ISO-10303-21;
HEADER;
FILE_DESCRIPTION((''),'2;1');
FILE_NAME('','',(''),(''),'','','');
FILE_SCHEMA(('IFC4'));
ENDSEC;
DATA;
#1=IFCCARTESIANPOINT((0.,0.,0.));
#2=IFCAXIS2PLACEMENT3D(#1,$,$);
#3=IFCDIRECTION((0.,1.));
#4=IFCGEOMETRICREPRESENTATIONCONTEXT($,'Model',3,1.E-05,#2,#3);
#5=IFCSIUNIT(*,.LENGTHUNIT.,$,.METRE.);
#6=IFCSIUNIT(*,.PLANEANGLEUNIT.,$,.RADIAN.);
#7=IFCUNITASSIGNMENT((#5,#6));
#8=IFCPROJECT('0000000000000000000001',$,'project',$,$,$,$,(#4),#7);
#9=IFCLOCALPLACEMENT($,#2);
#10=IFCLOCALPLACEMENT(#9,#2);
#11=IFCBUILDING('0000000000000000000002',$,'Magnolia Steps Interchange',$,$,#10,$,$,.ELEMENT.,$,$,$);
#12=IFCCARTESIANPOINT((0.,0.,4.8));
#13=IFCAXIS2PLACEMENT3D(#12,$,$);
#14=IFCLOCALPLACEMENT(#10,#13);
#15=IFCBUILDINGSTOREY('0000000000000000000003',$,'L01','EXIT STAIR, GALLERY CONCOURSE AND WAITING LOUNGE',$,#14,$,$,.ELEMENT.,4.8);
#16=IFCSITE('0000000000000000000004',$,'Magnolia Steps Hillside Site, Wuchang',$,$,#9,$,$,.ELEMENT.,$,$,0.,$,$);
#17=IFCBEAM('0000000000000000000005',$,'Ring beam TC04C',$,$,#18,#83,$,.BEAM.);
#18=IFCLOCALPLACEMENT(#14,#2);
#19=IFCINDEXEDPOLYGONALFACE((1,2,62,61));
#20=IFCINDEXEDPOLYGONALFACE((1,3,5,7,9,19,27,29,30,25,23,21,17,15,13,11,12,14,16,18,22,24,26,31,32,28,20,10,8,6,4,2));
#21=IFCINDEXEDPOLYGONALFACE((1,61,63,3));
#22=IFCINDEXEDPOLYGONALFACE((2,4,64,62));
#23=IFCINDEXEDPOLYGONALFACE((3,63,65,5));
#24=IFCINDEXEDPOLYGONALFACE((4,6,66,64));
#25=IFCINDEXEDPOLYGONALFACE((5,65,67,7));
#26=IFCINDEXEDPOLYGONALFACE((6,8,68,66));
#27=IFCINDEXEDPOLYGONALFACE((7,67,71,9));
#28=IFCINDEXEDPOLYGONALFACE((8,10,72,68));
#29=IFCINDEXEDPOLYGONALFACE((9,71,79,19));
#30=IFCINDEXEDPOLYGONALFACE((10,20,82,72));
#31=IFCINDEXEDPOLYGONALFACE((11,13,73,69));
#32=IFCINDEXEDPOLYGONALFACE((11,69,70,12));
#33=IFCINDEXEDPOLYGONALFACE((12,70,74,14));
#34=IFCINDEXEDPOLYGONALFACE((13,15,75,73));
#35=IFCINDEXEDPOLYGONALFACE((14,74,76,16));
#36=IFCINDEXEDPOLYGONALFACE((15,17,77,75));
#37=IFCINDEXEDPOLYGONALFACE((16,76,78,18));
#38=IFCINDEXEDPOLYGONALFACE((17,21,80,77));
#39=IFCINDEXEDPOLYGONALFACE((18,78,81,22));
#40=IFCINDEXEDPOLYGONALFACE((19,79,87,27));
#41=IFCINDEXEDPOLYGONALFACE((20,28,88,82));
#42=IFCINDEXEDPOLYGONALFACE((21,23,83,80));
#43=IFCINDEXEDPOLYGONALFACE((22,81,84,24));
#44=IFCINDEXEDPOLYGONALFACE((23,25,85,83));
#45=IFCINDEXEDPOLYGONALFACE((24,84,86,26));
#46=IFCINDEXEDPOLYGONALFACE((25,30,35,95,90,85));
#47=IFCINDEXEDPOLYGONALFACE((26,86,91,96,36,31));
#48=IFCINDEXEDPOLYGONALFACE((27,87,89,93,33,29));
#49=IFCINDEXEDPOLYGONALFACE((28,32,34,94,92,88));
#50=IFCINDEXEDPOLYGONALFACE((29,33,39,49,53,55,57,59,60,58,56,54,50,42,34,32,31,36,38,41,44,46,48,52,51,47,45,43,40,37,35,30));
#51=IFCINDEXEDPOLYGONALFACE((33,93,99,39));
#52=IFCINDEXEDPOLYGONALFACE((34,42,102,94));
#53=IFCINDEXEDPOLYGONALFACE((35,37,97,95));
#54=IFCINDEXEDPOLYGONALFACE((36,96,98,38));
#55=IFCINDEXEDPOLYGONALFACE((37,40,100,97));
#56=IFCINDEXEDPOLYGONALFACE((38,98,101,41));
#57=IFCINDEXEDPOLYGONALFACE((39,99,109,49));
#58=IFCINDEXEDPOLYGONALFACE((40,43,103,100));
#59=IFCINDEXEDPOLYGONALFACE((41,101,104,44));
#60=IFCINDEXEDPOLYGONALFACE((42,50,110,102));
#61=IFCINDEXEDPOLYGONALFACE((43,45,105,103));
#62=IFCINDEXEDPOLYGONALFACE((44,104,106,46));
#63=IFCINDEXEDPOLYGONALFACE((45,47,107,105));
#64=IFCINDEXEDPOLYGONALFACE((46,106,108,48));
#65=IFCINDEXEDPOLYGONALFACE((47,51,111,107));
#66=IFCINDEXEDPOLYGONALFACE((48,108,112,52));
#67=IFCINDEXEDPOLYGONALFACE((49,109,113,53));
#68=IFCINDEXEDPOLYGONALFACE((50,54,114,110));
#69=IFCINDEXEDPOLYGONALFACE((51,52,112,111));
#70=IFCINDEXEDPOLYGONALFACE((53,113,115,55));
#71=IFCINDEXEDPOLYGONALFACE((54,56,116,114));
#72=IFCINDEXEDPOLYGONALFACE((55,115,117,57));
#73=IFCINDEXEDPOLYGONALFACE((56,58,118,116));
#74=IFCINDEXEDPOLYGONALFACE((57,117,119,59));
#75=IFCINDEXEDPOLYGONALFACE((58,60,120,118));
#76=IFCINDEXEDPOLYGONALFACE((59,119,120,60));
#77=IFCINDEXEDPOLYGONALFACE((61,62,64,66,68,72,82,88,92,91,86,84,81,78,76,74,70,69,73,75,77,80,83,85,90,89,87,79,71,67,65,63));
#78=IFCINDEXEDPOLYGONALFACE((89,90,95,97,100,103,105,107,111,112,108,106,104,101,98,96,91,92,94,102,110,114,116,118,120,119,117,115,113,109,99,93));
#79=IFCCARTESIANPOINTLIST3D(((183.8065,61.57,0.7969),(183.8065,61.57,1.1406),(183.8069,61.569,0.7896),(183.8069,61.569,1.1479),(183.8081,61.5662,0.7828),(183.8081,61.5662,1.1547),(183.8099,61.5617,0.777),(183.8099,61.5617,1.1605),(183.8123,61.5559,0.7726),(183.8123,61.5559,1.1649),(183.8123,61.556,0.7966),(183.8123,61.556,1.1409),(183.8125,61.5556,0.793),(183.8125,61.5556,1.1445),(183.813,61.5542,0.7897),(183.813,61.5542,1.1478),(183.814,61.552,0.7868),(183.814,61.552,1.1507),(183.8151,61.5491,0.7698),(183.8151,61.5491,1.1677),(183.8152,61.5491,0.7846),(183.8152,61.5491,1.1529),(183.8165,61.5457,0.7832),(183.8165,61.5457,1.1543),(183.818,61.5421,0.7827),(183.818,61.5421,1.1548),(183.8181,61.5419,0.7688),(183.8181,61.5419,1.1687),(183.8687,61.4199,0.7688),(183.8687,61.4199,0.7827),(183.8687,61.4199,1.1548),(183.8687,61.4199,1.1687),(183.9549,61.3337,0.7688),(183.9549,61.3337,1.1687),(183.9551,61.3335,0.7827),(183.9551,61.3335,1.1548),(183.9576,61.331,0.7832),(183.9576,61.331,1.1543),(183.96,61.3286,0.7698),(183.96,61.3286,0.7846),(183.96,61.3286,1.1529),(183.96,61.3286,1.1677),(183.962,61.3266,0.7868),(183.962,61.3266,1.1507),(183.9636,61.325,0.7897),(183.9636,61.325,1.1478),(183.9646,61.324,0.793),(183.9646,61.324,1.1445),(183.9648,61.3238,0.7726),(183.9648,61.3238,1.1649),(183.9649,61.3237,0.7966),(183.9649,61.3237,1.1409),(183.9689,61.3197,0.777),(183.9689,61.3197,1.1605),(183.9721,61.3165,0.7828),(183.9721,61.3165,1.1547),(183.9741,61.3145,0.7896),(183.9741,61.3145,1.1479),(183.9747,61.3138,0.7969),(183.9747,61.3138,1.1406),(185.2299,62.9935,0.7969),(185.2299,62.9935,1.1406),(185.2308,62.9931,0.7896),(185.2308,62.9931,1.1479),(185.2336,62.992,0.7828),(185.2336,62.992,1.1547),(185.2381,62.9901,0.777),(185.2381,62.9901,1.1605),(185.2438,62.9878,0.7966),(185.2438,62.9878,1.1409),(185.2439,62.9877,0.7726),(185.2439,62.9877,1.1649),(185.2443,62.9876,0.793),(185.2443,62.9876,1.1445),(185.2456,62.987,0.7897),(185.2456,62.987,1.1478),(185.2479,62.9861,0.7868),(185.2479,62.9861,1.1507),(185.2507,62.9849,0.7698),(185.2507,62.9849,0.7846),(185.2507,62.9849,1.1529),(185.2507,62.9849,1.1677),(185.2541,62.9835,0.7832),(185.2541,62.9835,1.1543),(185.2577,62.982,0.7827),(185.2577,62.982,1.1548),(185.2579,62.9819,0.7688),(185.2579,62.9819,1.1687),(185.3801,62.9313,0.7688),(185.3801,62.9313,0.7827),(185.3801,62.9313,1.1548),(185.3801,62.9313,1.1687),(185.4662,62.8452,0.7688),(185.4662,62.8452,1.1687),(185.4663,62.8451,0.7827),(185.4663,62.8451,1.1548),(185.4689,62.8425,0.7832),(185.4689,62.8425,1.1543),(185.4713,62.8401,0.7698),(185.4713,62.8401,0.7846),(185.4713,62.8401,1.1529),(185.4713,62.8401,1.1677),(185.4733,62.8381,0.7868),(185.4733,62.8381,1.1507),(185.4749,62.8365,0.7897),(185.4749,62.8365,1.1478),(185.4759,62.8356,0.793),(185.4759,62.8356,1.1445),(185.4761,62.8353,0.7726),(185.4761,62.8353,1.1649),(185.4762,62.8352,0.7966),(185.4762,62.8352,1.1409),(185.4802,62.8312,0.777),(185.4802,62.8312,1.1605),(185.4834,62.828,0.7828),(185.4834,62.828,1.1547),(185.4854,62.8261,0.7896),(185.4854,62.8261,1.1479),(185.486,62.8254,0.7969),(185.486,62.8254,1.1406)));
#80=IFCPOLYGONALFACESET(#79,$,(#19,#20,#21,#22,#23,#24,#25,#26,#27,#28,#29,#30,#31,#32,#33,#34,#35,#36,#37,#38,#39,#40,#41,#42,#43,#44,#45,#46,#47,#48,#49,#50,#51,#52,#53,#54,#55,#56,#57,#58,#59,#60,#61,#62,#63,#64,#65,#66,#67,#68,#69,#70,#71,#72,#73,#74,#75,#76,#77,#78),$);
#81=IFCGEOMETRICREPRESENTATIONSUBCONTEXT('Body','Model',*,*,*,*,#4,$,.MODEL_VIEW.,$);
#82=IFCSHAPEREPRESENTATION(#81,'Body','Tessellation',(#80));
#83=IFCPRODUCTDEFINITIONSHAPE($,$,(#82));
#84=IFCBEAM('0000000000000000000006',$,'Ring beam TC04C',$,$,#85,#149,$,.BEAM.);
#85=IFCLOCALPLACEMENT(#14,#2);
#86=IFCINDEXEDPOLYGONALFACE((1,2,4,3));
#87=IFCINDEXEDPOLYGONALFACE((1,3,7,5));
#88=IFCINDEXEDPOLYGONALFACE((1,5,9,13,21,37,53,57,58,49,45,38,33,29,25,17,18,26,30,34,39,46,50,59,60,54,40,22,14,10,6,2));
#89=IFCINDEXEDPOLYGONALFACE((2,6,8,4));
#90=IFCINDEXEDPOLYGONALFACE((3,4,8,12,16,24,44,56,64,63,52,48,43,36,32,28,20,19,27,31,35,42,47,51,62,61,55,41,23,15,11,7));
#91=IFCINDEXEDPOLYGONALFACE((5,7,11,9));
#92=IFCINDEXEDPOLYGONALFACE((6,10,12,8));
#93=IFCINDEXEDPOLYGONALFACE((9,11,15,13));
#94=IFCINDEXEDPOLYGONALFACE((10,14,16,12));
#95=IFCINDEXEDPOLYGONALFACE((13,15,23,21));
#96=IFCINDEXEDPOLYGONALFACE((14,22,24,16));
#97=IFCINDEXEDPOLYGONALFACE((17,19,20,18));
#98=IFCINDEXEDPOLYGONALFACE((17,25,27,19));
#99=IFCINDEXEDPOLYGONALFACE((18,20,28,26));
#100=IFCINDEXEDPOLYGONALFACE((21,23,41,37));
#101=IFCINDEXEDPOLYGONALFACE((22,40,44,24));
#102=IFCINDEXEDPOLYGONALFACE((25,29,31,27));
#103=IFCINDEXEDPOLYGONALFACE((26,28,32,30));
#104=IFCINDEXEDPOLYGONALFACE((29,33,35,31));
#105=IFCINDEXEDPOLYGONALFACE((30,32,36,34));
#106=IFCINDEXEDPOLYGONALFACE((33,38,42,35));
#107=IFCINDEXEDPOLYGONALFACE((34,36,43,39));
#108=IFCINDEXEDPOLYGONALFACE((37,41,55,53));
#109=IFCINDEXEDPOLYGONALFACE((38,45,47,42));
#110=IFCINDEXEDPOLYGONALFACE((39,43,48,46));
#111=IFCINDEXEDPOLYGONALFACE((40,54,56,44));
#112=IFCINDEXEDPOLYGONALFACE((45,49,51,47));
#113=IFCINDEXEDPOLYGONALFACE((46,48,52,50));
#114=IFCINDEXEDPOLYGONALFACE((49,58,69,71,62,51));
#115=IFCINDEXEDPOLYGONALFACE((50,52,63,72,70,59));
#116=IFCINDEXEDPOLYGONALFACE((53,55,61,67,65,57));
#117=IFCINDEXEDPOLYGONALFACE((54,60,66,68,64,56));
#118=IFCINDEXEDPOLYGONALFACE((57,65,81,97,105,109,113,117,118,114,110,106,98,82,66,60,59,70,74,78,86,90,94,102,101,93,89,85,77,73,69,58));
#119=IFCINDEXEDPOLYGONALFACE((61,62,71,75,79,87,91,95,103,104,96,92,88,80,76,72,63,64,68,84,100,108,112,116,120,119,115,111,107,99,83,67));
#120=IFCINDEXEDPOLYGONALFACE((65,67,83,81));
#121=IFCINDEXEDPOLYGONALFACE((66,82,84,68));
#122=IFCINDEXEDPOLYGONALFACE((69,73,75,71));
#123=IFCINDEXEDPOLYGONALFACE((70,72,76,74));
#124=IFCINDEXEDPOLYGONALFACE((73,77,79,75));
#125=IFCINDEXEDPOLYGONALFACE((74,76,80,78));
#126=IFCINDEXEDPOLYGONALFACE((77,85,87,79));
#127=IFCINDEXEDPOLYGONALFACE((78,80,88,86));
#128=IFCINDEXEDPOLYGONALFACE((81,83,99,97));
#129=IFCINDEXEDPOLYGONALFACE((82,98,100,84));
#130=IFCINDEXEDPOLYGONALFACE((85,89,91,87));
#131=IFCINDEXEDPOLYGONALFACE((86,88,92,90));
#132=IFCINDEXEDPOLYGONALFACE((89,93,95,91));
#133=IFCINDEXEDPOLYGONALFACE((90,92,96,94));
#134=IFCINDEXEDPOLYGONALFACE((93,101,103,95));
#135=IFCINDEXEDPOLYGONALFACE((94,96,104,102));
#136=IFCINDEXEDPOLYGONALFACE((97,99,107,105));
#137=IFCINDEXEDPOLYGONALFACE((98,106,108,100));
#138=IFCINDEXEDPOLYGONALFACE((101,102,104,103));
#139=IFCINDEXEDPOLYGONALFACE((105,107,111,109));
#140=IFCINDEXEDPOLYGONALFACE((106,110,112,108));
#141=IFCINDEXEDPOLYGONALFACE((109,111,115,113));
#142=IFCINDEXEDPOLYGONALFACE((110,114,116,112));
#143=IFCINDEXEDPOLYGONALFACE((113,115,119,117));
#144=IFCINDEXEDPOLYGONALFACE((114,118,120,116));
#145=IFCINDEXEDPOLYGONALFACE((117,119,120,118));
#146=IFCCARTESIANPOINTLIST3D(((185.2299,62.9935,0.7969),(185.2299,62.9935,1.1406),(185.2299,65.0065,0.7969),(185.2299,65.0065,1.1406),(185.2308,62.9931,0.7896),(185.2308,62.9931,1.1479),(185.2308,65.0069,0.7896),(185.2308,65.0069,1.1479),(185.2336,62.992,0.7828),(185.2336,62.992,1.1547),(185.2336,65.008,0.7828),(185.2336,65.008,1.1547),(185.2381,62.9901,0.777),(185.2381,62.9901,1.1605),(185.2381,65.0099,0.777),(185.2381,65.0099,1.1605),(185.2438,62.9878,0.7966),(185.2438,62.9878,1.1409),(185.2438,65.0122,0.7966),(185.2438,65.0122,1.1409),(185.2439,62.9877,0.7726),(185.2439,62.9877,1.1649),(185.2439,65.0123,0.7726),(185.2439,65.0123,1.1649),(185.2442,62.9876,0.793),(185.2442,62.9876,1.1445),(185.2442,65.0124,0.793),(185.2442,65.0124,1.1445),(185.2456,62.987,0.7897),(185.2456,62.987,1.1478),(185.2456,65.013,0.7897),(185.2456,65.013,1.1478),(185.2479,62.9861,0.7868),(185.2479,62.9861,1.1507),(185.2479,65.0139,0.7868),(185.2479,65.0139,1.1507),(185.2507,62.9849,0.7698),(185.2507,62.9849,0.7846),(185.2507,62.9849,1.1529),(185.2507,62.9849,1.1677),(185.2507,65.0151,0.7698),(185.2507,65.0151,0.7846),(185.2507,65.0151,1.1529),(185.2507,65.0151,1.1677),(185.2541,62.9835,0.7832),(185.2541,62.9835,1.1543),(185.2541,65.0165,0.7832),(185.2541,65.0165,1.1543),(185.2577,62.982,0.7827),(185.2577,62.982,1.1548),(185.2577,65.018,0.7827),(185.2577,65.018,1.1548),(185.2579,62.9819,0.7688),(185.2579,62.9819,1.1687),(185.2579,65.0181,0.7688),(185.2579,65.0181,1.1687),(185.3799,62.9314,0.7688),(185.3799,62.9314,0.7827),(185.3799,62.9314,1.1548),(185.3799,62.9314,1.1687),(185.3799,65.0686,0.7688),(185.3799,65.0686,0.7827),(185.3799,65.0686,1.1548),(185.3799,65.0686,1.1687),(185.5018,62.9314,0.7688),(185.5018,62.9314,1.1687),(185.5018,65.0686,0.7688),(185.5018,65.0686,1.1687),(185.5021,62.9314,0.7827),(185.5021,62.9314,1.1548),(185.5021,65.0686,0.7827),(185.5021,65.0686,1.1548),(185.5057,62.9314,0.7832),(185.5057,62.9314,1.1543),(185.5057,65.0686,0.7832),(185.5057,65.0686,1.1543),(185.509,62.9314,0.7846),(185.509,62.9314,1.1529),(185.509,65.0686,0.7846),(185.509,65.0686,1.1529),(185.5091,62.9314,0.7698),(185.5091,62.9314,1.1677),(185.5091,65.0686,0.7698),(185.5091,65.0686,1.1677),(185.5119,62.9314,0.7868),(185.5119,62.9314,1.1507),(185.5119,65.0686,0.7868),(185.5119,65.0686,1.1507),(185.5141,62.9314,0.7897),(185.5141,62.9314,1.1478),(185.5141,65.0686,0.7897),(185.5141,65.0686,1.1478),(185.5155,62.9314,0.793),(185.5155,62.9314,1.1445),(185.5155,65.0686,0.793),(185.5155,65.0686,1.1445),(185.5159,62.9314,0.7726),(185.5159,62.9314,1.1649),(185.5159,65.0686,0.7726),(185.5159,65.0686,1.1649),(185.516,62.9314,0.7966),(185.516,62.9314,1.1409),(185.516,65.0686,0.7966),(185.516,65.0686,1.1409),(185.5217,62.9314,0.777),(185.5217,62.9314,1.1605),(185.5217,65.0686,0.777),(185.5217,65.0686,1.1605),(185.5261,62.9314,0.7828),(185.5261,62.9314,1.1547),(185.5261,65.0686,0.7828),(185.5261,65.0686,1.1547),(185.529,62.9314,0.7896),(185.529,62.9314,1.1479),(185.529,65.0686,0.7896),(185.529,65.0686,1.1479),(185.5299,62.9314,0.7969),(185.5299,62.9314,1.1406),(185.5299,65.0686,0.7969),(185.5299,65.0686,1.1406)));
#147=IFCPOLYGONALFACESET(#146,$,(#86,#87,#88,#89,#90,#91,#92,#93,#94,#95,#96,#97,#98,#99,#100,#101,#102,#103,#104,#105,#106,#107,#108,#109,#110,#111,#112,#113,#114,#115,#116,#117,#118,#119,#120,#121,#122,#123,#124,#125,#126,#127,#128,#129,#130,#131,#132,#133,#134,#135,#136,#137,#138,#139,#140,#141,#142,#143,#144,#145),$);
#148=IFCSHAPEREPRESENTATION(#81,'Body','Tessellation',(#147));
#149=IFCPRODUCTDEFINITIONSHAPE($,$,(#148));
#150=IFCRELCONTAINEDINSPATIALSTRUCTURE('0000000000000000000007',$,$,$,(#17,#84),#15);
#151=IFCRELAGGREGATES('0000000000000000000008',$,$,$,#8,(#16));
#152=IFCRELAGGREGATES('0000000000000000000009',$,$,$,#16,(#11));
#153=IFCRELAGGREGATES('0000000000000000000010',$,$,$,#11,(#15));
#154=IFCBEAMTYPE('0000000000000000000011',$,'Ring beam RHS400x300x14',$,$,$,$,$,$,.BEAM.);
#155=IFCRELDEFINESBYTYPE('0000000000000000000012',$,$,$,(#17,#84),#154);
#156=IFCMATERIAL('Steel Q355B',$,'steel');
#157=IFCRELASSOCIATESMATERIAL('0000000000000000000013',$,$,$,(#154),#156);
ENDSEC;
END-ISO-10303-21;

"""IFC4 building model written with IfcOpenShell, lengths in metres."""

from ifc_helpers import new_model, si_unit, direction, frame, origin, origin_2d, place, context, subcontext, project, spatial, hollow_rectangle, extrude, clip, halfspace, material, material_profile, profile_set, type_object, element, save


model = new_model("IFC4")

# Units and contexts
model_context = context("Model", 3, precision=1e-05, world=origin(), true_north=direction((0.0, 1.0)))
body_context = subcontext(model_context, "Body", "Model", "MODEL_VIEW")
ifc_project = project(units=[si_unit("LENGTHUNIT", "METRE"), si_unit("PLANEANGLEUNIT", "RADIAN")], contexts=[model_context])

# Site, building, storey
site_placement = place(None, origin())
site = spatial("IfcSite", under=ifc_project, at=site_placement, Name="Magnolia Steps Hillside Site, Wuchang", CompositionType="ELEMENT", RefElevation=0.0)
building_placement = place(site_placement, origin())
building = spatial("IfcBuilding", under=site, at=building_placement, Name="Magnolia Steps Interchange", CompositionType="ELEMENT")
storey_placement = place(building_placement, frame((0.0, 0.0, 4.8)))
storey = spatial("IfcBuildingStorey", under=building, at=storey_placement, Name="L01", Description="EXIT STAIR, GALLERY CONCOURSE AND WAITING LOUNGE", CompositionType="ELEMENT", Elevation=4.8)

# Beams
ifc_material_1 = material(Name="Steel Q355B", Category="steel")
ifc_material_profile_1 = material_profile(ifc_material_1, hollow_rectangle(XDim=0.3, YDim=0.3999, WallThickness=0.0139, InnerFilletRadius=0.0139, OuterFilletRadius=0.0281, at=origin_2d()), Name="RHS400x300x14")
ifc_profile_set_1 = profile_set([ifc_material_profile_1], Name="Steel Q355B")
beam_type_1 = type_object("IfcBeamType", Name="Ring beam RHS400x300x14", PredefinedType="BEAM", material=ifc_profile_set_1)
beam_1_placement = place(storey_placement, frame((183.8687, 61.4199, 0.9688), z_axis=(0.70705, 0.707164, 0.0), x_axis=(-0.707164, 0.70705, 0.0)))
element("IfcBeam", 1, at=beam_1_placement, inside=storey, type_object=beam_type_1, Name="Ring beam TC04C", PredefinedType="BEAM", context=body_context, shape_type="Clipping", body=[
    clip(clip(extrude(hollow_rectangle(XDim=0.3, YDim=0.3999, WallThickness=0.0139, InnerFilletRadius=0.0139, OuterFilletRadius=0.0281, at=origin_2d()), origin(), (0.0, 0.0, 1.0), 2.1375), halfspace(frame((0.0, 0.0, 0.0), z_axis=(0.382758, 0.0, -0.923849), x_axis=(0.923849, 0.0, 0.382758)), False)), halfspace(frame((0.0, 0.0, 2.1374), z_axis=(0.382609, 0.0, 0.92391), x_axis=(0.92391, 0.0, -0.382609)), False)),
])
beam_2_placement = place(storey_placement, frame((185.3799, 62.9314, 0.9688), z_axis=(0.0, 1.0, 0.0), x_axis=(-1.0, 0.0, 0.0)))
element("IfcBeam", 2, at=beam_2_placement, inside=storey, type_object=beam_type_1, Name="Ring beam TC04C", PredefinedType="BEAM", context=body_context, shape_type="Clipping", body=[
    clip(clip(extrude(hollow_rectangle(XDim=0.3, YDim=0.3999, WallThickness=0.0139, InnerFilletRadius=0.0139, OuterFilletRadius=0.0281, at=origin_2d()), origin(), (0.0, 0.0, 1.0), 2.1372), halfspace(frame((0.0, 0.0, 0.0), z_axis=(0.382683, 0.0, -0.92388), x_axis=(0.92388, 0.0, 0.382683)), False)), halfspace(frame((0.0, 0.0, 2.1372), z_axis=(0.382683, 0.0, 0.92388), x_axis=(0.92388, 0.0, -0.382683)), False)),
])

save(model, "model.ifc")
